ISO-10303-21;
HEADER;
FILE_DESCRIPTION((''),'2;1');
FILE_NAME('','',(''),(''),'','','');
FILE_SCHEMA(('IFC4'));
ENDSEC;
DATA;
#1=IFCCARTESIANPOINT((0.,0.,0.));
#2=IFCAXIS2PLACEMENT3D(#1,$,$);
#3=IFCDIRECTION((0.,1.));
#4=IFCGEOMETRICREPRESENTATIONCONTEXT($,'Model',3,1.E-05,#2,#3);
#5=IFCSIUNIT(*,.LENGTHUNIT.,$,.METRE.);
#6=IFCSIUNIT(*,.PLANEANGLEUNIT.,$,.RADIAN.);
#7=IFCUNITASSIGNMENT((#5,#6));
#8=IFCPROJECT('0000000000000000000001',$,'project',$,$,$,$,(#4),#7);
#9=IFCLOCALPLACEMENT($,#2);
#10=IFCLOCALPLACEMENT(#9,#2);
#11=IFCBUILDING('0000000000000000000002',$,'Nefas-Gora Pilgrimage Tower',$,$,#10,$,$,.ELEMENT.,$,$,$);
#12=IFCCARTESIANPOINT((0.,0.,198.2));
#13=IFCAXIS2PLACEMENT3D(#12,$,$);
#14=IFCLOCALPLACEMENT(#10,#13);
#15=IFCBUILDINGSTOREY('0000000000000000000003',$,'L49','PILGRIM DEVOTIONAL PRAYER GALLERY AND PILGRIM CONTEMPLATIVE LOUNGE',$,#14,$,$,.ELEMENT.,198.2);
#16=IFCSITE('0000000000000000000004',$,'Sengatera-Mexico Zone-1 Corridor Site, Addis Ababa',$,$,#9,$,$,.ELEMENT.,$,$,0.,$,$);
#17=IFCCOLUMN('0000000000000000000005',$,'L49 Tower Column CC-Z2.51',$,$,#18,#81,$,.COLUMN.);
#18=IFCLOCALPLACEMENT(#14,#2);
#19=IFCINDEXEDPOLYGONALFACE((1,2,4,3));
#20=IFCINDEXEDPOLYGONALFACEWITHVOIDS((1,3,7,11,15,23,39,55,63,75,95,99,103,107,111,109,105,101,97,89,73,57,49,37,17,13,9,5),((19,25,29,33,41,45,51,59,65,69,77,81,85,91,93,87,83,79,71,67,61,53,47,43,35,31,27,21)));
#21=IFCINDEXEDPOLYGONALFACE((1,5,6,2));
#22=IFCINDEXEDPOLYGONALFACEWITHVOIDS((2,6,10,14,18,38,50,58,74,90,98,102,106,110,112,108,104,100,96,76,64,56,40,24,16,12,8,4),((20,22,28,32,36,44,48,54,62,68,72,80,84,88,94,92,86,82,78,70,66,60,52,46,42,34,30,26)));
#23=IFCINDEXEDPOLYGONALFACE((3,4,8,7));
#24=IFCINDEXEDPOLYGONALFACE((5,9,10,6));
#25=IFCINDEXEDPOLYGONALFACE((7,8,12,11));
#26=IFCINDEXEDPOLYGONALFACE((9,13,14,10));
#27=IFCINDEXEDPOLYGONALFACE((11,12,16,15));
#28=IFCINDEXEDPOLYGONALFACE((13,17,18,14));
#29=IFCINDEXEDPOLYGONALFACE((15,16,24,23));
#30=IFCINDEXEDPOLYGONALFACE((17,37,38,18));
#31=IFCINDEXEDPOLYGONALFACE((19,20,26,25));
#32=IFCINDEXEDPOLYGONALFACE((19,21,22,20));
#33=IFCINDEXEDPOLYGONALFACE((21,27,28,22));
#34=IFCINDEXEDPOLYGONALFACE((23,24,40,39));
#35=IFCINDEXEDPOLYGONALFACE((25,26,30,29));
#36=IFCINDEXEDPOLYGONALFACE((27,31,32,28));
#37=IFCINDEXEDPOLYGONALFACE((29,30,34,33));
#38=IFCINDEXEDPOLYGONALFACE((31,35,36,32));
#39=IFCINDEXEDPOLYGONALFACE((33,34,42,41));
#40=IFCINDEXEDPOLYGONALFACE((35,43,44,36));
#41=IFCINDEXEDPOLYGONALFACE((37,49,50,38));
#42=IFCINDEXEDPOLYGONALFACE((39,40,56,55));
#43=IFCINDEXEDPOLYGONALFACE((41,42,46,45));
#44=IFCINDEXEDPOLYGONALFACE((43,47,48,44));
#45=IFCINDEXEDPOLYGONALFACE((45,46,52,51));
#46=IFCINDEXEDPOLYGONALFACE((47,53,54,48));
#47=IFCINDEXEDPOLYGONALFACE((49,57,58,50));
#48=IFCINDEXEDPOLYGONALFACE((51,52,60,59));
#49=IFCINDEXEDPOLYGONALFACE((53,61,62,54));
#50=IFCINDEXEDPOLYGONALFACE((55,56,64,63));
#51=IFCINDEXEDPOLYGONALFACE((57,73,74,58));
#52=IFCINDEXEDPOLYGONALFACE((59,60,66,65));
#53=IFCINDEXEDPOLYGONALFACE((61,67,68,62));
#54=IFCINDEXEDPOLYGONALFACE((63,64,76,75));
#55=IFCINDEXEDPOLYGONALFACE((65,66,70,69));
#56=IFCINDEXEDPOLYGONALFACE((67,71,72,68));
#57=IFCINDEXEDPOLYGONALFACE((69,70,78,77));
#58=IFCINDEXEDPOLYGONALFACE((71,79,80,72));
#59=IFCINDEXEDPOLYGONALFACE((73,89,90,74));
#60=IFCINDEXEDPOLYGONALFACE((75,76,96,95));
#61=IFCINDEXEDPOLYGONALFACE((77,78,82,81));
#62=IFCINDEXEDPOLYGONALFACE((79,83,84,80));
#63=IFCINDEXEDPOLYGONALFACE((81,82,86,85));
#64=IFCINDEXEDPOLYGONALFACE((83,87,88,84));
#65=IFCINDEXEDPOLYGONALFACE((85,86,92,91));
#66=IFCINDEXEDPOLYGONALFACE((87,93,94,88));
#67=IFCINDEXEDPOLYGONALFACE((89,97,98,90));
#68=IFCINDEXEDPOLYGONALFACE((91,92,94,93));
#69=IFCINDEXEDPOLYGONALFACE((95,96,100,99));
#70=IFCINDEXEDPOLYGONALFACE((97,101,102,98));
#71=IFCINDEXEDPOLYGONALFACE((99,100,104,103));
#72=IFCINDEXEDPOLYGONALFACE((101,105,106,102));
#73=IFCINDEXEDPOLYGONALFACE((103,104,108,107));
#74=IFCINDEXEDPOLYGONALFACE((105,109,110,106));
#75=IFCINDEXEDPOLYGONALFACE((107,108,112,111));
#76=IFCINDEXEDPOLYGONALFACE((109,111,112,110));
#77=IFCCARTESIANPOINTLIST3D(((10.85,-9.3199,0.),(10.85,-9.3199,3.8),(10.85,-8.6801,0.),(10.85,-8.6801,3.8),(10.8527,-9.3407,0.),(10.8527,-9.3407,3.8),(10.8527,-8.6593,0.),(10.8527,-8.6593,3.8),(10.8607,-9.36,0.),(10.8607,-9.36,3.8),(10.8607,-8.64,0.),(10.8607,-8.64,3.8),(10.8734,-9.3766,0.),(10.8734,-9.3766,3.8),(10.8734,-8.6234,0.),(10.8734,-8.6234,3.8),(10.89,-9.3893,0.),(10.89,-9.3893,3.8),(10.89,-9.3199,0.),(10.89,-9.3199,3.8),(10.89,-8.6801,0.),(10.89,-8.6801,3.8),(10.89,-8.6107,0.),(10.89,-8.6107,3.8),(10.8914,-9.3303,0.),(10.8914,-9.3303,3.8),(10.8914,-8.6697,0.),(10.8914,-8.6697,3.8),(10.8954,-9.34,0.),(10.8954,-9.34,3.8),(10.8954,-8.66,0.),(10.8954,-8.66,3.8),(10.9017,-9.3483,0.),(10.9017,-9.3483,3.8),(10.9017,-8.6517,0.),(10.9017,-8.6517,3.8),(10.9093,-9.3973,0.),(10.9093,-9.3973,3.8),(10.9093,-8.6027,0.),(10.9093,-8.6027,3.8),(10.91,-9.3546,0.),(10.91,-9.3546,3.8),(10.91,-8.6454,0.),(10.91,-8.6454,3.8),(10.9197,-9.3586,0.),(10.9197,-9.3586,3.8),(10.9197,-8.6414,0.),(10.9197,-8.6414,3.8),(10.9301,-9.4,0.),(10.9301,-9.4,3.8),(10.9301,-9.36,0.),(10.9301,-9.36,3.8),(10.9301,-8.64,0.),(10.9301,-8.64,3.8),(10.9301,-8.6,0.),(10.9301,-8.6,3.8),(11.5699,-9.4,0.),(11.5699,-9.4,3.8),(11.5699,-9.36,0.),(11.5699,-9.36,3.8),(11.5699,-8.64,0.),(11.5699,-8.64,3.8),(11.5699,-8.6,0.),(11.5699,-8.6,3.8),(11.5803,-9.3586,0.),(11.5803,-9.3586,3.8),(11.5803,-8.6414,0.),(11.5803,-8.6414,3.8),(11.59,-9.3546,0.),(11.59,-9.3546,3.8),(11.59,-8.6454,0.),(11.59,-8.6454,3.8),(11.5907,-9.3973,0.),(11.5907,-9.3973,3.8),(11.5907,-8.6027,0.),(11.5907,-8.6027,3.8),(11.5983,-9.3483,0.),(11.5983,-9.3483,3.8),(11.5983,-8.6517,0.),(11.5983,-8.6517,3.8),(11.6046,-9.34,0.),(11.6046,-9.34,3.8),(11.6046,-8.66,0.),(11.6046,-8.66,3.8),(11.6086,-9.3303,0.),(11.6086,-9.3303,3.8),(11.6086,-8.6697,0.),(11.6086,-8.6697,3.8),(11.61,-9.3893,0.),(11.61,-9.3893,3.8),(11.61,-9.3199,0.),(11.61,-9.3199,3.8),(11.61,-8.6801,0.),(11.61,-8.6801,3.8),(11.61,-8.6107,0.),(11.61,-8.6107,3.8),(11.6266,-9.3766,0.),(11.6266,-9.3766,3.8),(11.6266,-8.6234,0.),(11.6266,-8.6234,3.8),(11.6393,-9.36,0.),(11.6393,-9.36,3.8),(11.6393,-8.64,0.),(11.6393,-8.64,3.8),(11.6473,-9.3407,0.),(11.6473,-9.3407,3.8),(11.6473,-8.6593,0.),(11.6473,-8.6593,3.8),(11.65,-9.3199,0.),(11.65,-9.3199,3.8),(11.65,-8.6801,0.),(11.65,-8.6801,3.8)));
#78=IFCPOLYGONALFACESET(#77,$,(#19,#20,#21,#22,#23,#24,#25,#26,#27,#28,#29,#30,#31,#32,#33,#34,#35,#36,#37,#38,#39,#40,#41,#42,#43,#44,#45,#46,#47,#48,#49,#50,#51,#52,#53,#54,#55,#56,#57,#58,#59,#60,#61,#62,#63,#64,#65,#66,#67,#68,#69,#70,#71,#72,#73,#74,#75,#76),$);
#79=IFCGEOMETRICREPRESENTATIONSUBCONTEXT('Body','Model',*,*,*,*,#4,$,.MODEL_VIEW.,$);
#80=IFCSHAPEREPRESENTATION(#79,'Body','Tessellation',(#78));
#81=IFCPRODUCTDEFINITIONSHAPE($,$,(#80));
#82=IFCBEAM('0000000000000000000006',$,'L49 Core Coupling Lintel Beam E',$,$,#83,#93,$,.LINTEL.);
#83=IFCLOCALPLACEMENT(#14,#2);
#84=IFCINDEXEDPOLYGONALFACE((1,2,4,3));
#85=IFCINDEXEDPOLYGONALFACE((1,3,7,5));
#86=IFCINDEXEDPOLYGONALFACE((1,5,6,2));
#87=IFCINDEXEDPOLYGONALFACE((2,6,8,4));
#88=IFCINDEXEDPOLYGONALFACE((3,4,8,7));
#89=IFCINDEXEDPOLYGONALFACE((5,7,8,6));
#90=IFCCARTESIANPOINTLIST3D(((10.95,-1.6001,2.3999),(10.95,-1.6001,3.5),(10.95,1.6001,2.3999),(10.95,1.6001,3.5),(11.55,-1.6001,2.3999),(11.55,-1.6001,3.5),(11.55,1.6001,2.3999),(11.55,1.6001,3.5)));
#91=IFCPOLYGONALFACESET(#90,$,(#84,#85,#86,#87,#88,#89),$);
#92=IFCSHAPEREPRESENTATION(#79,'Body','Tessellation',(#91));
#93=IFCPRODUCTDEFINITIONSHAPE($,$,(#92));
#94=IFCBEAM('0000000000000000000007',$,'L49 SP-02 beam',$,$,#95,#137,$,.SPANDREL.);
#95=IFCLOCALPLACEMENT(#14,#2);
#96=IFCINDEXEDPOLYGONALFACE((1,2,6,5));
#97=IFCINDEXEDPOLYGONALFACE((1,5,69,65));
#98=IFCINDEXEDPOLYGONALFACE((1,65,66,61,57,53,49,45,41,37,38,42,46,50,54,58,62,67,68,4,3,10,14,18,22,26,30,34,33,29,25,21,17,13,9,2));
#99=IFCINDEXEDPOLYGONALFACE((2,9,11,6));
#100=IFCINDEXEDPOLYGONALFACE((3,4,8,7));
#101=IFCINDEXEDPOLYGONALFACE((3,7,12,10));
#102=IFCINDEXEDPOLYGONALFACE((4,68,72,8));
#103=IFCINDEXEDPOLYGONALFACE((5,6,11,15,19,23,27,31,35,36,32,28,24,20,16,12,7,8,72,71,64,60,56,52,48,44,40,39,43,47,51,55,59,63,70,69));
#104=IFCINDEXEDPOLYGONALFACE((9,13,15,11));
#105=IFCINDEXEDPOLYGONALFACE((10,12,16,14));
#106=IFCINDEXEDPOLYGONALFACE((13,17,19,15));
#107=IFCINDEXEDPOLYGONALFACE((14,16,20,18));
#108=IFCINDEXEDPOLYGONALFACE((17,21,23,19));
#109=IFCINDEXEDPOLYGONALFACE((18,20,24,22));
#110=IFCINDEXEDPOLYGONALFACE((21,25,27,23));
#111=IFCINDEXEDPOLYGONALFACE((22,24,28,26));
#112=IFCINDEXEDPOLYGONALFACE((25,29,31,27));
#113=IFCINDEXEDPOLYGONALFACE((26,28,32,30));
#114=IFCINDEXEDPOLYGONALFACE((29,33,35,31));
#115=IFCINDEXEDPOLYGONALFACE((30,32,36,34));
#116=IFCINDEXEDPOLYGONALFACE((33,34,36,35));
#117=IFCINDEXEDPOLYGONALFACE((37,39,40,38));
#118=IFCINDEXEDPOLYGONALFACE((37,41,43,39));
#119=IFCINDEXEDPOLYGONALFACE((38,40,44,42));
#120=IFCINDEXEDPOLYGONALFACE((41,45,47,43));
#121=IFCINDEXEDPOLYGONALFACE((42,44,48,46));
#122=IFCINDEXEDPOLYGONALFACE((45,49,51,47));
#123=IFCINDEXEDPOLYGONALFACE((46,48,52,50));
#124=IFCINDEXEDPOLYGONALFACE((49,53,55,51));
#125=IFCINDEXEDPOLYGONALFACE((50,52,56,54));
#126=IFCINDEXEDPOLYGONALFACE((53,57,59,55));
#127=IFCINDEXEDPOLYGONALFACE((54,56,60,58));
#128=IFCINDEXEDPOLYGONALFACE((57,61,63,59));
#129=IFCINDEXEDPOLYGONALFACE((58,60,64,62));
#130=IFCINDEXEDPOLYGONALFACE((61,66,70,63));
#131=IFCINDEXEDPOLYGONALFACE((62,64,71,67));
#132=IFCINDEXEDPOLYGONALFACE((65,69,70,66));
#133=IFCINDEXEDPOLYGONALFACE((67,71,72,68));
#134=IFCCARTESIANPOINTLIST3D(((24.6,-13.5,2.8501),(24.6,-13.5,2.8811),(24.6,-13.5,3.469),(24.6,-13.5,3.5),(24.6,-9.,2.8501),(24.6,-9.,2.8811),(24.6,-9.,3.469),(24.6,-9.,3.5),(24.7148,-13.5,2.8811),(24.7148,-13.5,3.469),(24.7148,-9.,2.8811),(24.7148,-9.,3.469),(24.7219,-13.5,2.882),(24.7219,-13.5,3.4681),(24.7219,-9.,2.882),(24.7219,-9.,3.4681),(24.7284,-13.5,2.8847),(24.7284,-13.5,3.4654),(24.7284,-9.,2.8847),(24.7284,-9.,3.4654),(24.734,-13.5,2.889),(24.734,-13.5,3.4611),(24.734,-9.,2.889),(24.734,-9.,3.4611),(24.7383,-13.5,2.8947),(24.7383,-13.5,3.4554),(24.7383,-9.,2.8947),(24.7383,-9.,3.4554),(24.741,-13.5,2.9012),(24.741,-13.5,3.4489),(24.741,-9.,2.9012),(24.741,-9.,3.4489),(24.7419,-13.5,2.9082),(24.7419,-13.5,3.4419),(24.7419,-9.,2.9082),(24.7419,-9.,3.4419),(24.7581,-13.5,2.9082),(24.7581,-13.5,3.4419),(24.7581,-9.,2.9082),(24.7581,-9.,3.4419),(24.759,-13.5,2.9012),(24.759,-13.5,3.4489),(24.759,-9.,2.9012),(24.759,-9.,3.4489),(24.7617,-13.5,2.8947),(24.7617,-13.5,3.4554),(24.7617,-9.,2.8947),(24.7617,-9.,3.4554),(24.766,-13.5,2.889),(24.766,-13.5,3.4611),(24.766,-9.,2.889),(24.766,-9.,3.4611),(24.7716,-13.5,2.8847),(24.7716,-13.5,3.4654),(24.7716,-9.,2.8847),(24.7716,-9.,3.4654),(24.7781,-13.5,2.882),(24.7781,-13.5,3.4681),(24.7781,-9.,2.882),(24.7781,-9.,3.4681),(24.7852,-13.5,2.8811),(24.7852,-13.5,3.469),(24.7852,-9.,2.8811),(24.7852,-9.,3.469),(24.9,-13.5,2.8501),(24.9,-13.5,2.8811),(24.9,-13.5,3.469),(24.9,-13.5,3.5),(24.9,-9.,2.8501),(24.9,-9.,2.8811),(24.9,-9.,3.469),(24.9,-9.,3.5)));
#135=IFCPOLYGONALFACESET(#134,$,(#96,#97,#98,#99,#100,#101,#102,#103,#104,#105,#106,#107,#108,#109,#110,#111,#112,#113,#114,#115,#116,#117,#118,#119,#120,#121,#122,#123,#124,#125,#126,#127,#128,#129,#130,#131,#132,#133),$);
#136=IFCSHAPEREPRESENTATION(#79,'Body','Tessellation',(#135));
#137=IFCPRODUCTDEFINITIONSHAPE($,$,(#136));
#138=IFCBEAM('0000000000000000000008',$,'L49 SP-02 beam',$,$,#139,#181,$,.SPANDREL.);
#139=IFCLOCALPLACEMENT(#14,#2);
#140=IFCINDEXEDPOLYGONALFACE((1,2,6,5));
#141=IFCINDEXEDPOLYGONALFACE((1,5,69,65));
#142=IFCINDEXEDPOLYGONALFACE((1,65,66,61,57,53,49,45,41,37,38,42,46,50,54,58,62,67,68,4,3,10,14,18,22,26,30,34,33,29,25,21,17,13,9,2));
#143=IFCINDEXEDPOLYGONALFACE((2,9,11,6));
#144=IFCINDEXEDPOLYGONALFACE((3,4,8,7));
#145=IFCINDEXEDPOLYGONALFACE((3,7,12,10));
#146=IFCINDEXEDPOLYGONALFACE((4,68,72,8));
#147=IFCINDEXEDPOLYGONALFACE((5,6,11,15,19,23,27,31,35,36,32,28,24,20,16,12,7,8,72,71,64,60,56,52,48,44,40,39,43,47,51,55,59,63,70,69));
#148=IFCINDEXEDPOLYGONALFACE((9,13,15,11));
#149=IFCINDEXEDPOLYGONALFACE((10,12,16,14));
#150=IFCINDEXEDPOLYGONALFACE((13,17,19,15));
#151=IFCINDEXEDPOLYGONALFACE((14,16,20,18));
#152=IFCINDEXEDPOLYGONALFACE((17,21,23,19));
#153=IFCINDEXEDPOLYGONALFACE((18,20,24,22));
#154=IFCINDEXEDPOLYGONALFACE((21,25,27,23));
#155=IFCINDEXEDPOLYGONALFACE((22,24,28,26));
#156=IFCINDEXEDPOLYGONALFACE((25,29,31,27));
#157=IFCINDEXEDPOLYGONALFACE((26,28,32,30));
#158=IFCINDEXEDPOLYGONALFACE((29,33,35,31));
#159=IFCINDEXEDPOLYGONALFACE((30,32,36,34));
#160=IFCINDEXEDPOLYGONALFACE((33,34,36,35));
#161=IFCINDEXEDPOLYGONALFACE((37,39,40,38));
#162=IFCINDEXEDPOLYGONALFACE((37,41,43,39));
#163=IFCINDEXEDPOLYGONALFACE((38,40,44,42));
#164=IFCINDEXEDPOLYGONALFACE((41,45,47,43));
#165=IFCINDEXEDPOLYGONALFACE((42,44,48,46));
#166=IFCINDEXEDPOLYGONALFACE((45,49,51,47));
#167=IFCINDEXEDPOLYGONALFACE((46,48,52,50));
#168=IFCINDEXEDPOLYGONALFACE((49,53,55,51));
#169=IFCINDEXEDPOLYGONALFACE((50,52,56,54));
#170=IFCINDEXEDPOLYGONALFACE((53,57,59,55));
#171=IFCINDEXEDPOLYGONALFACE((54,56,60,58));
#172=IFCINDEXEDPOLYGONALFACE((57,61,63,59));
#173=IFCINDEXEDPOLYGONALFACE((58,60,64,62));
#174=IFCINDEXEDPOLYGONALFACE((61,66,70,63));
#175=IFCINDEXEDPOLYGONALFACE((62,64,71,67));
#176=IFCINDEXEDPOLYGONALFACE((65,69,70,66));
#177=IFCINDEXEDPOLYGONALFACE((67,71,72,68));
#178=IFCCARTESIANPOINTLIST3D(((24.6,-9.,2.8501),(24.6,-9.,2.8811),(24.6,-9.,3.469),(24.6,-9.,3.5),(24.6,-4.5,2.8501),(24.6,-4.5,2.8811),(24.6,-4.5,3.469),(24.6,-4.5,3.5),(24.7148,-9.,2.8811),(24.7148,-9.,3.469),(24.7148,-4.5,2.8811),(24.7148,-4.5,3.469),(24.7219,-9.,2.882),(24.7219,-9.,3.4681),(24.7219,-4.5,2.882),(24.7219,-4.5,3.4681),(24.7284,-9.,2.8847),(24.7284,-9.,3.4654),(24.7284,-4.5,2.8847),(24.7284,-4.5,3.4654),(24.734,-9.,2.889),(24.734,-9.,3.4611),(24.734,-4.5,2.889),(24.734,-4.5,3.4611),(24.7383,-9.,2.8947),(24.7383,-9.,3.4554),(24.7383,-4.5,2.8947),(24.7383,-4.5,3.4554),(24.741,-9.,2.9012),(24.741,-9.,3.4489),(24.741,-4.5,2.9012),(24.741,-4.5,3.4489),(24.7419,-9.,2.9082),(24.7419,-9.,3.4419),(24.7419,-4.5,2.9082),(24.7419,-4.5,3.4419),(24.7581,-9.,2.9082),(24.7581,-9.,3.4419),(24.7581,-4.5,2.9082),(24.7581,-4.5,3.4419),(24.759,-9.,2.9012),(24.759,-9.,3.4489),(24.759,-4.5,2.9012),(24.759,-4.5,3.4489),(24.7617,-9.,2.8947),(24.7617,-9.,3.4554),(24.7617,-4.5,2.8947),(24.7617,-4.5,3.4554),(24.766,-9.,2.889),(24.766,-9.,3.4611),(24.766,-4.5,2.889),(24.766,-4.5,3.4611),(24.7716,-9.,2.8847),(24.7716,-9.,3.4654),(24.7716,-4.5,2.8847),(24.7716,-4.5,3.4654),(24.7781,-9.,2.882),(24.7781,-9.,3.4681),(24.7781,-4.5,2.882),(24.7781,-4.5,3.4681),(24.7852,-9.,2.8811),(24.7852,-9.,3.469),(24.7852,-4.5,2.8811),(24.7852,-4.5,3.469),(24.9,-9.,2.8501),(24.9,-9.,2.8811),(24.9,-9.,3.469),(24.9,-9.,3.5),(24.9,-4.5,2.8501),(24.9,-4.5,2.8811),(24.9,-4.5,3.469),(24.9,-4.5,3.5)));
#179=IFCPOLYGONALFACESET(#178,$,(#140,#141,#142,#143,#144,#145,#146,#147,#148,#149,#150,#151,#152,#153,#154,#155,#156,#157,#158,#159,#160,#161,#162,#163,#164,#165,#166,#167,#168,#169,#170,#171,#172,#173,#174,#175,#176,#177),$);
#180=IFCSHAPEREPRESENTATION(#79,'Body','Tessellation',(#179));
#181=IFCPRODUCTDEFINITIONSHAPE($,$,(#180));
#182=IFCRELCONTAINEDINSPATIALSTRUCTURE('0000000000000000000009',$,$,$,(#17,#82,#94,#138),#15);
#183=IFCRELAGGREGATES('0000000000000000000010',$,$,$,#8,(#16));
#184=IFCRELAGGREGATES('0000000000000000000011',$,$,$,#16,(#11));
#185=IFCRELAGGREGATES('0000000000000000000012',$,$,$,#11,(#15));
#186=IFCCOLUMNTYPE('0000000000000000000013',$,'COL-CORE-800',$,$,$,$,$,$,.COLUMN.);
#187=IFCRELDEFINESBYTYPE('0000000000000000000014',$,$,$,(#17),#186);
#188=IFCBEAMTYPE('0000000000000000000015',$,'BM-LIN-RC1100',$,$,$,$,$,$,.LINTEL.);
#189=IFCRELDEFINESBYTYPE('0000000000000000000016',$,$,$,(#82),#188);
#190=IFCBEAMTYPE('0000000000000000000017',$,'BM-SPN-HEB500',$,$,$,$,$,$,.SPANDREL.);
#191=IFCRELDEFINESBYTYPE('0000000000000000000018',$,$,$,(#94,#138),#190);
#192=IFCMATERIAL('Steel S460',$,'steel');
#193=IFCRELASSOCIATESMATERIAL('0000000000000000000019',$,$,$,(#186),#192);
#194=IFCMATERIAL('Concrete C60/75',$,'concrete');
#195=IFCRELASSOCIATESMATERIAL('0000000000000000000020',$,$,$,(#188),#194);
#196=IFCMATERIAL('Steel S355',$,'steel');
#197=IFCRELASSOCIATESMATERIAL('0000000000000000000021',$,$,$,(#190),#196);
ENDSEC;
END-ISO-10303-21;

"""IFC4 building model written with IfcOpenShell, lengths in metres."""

from ifc_helpers import new_model, si_unit, direction, frame, origin, origin_2d, place, context, subcontext, project, spatial, rectangle, hollow_rectangle, i_section, extrude, source, transform, mapped, material, material_profile, profile_set, type_object, element, save


model = new_model("IFC4")

# Units and contexts
model_context = context("Model", 3, precision=1e-05, world=origin(), true_north=direction((0.0, 1.0)))
body_context = subcontext(model_context, "Body", "Model", "MODEL_VIEW")
ifc_project = project(units=[si_unit("LENGTHUNIT", "METRE"), si_unit("PLANEANGLEUNIT", "RADIAN")], contexts=[model_context])

# Site, building, storey
site_placement = place(None, origin())
site = spatial("IfcSite", under=ifc_project, at=site_placement, Name="Sengatera-Mexico Zone-1 Corridor Site, Addis Ababa", CompositionType="ELEMENT", RefElevation=0.0)
building_placement = place(site_placement, origin())
building = spatial("IfcBuilding", under=site, at=building_placement, Name="Nefas-Gora Pilgrimage Tower", CompositionType="ELEMENT")
storey_placement = place(building_placement, frame((0.0, 0.0, 198.2)))
storey = spatial("IfcBuildingStorey", under=building, at=storey_placement, Name="L49", Description="PILGRIM DEVOTIONAL PRAYER GALLERY AND PILGRIM CONTEMPLATIVE LOUNGE", CompositionType="ELEMENT", Elevation=198.2)

# Column
ifc_material_1 = material(Name="Steel S460", Category="steel")
ifc_material_profile_1 = material_profile(ifc_material_1, hollow_rectangle(XDim=0.8, YDim=0.8, WallThickness=0.04, InnerFilletRadius=0.04, OuterFilletRadius=0.0801, at=origin_2d()), Name="BOX 800x800x40")
ifc_profile_set_1 = profile_set([ifc_material_profile_1], Name="Steel S460")
column_type_1 = type_object("IfcColumnType", Name="COL-CORE-800", PredefinedType="COLUMN", material=ifc_profile_set_1)
shared_shape_1 = source(origin(), body_context, "Body", "SweptSolid", [
    extrude(hollow_rectangle(XDim=0.8, YDim=0.8, WallThickness=0.04, InnerFilletRadius=0.04, OuterFilletRadius=0.0801, at=origin_2d()), origin(), (0.0, 0.0, 1.0), 3.8),
])
column_placement = place(storey_placement, frame((11.25, -9.0, 0.0), z_axis=(0.0, 0.0, 1.0), x_axis=(1.0, 0.0, 0.0)))
element("IfcColumn", 1, at=column_placement, inside=storey, type_object=column_type_1, Name="L49 Tower Column CC-Z2.51", PredefinedType="COLUMN", context=body_context, shape_type="MappedRepresentation", body=[
    mapped(shared_shape_1, transform((0.0, 0.0, 0.0), x_axis=(1.0, 0.0, 0.0), y_axis=(0.0, 1.0, 0.0), z_axis=(0.0, 0.0, 1.0), scale=1.0)),
])

# Beams
ifc_material_2 = material(Name="Concrete C60/75", Category="concrete")
ifc_material_profile_2 = material_profile(ifc_material_2, rectangle(XDim=0.6001, YDim=1.1001, at=origin_2d()), Name="RC 600x1100")
ifc_profile_set_2 = profile_set([ifc_material_profile_2], Name="Concrete C60/75")
beam_type_1 = type_object("IfcBeamType", Name="BM-LIN-RC1100", PredefinedType="LINTEL", material=ifc_profile_set_2)
shared_shape_2 = source(origin(), body_context, "Body", "SweptSolid", [
    extrude(rectangle(XDim=0.6001, YDim=1.1001, at=origin_2d()), origin(), (0.0, 0.0, 1.0), 3.2002),
])
beam_placement = place(storey_placement, frame((11.25, -1.6001, 2.95), z_axis=(0.0, 1.0, 0.0), x_axis=(-1.0, 0.0, 0.0)))
element("IfcBeam", 2, at=beam_placement, inside=storey, type_object=beam_type_1, Name="L49 Core Coupling Lintel Beam E", PredefinedType="LINTEL", context=body_context, shape_type="MappedRepresentation", body=[
    mapped(shared_shape_2, transform((0.0, 0.0, 0.0), x_axis=(1.0, 0.0, 0.0), y_axis=(0.0, 1.0, 0.0), z_axis=(0.0, 0.0, 1.0), scale=1.0)),
])
ifc_material_3 = material(Name="Steel S355", Category="steel")
ifc_material_profile_3 = material_profile(ifc_material_3, i_section(OverallWidth=0.3, OverallDepth=0.6499, WebThickness=0.0161, FlangeThickness=0.031, FilletRadius=0.0271, at=origin_2d()), Name="HEB 650")
ifc_profile_set_3 = profile_set([ifc_material_profile_3], Name="Steel S355")
beam_type_2 = type_object("IfcBeamType", Name="BM-SPN-HEB500", PredefinedType="SPANDREL", material=ifc_profile_set_3)
shared_shape_3 = source(origin(), body_context, "Body", "SweptSolid", [
    extrude(i_section(OverallWidth=0.3, OverallDepth=0.6499, WebThickness=0.0161, FlangeThickness=0.031, FilletRadius=0.0271, at=origin_2d()), origin(), (0.0, 0.0, 1.0), 4.5),
])
for number, where, z_axis, x_axis, name in (
    (3, (24.75, -13.5, 3.175), (0.0, 1.0, 0.0), (-1.0, 0.0, 0.0), "L49 SP-02 beam"),
    (4, (24.75, -9.0, 3.175), (0.0, 1.0, 0.0), (-1.0, 0.0, 0.0), "L49 SP-02 beam"),
):
    element("IfcBeam", number, at=place(storey_placement, frame(where, z_axis=z_axis, x_axis=x_axis)), inside=storey, type_object=beam_type_2, Name=name, PredefinedType="SPANDREL", context=body_context, shape_type="MappedRepresentation", body=[
        mapped(shared_shape_3, transform((0.0, 0.0, 0.0), x_axis=(1.0, 0.0, 0.0), y_axis=(0.0, 1.0, 0.0), z_axis=(0.0, 0.0, 1.0), scale=1.0)),
    ])

save(model, "model.ifc")
